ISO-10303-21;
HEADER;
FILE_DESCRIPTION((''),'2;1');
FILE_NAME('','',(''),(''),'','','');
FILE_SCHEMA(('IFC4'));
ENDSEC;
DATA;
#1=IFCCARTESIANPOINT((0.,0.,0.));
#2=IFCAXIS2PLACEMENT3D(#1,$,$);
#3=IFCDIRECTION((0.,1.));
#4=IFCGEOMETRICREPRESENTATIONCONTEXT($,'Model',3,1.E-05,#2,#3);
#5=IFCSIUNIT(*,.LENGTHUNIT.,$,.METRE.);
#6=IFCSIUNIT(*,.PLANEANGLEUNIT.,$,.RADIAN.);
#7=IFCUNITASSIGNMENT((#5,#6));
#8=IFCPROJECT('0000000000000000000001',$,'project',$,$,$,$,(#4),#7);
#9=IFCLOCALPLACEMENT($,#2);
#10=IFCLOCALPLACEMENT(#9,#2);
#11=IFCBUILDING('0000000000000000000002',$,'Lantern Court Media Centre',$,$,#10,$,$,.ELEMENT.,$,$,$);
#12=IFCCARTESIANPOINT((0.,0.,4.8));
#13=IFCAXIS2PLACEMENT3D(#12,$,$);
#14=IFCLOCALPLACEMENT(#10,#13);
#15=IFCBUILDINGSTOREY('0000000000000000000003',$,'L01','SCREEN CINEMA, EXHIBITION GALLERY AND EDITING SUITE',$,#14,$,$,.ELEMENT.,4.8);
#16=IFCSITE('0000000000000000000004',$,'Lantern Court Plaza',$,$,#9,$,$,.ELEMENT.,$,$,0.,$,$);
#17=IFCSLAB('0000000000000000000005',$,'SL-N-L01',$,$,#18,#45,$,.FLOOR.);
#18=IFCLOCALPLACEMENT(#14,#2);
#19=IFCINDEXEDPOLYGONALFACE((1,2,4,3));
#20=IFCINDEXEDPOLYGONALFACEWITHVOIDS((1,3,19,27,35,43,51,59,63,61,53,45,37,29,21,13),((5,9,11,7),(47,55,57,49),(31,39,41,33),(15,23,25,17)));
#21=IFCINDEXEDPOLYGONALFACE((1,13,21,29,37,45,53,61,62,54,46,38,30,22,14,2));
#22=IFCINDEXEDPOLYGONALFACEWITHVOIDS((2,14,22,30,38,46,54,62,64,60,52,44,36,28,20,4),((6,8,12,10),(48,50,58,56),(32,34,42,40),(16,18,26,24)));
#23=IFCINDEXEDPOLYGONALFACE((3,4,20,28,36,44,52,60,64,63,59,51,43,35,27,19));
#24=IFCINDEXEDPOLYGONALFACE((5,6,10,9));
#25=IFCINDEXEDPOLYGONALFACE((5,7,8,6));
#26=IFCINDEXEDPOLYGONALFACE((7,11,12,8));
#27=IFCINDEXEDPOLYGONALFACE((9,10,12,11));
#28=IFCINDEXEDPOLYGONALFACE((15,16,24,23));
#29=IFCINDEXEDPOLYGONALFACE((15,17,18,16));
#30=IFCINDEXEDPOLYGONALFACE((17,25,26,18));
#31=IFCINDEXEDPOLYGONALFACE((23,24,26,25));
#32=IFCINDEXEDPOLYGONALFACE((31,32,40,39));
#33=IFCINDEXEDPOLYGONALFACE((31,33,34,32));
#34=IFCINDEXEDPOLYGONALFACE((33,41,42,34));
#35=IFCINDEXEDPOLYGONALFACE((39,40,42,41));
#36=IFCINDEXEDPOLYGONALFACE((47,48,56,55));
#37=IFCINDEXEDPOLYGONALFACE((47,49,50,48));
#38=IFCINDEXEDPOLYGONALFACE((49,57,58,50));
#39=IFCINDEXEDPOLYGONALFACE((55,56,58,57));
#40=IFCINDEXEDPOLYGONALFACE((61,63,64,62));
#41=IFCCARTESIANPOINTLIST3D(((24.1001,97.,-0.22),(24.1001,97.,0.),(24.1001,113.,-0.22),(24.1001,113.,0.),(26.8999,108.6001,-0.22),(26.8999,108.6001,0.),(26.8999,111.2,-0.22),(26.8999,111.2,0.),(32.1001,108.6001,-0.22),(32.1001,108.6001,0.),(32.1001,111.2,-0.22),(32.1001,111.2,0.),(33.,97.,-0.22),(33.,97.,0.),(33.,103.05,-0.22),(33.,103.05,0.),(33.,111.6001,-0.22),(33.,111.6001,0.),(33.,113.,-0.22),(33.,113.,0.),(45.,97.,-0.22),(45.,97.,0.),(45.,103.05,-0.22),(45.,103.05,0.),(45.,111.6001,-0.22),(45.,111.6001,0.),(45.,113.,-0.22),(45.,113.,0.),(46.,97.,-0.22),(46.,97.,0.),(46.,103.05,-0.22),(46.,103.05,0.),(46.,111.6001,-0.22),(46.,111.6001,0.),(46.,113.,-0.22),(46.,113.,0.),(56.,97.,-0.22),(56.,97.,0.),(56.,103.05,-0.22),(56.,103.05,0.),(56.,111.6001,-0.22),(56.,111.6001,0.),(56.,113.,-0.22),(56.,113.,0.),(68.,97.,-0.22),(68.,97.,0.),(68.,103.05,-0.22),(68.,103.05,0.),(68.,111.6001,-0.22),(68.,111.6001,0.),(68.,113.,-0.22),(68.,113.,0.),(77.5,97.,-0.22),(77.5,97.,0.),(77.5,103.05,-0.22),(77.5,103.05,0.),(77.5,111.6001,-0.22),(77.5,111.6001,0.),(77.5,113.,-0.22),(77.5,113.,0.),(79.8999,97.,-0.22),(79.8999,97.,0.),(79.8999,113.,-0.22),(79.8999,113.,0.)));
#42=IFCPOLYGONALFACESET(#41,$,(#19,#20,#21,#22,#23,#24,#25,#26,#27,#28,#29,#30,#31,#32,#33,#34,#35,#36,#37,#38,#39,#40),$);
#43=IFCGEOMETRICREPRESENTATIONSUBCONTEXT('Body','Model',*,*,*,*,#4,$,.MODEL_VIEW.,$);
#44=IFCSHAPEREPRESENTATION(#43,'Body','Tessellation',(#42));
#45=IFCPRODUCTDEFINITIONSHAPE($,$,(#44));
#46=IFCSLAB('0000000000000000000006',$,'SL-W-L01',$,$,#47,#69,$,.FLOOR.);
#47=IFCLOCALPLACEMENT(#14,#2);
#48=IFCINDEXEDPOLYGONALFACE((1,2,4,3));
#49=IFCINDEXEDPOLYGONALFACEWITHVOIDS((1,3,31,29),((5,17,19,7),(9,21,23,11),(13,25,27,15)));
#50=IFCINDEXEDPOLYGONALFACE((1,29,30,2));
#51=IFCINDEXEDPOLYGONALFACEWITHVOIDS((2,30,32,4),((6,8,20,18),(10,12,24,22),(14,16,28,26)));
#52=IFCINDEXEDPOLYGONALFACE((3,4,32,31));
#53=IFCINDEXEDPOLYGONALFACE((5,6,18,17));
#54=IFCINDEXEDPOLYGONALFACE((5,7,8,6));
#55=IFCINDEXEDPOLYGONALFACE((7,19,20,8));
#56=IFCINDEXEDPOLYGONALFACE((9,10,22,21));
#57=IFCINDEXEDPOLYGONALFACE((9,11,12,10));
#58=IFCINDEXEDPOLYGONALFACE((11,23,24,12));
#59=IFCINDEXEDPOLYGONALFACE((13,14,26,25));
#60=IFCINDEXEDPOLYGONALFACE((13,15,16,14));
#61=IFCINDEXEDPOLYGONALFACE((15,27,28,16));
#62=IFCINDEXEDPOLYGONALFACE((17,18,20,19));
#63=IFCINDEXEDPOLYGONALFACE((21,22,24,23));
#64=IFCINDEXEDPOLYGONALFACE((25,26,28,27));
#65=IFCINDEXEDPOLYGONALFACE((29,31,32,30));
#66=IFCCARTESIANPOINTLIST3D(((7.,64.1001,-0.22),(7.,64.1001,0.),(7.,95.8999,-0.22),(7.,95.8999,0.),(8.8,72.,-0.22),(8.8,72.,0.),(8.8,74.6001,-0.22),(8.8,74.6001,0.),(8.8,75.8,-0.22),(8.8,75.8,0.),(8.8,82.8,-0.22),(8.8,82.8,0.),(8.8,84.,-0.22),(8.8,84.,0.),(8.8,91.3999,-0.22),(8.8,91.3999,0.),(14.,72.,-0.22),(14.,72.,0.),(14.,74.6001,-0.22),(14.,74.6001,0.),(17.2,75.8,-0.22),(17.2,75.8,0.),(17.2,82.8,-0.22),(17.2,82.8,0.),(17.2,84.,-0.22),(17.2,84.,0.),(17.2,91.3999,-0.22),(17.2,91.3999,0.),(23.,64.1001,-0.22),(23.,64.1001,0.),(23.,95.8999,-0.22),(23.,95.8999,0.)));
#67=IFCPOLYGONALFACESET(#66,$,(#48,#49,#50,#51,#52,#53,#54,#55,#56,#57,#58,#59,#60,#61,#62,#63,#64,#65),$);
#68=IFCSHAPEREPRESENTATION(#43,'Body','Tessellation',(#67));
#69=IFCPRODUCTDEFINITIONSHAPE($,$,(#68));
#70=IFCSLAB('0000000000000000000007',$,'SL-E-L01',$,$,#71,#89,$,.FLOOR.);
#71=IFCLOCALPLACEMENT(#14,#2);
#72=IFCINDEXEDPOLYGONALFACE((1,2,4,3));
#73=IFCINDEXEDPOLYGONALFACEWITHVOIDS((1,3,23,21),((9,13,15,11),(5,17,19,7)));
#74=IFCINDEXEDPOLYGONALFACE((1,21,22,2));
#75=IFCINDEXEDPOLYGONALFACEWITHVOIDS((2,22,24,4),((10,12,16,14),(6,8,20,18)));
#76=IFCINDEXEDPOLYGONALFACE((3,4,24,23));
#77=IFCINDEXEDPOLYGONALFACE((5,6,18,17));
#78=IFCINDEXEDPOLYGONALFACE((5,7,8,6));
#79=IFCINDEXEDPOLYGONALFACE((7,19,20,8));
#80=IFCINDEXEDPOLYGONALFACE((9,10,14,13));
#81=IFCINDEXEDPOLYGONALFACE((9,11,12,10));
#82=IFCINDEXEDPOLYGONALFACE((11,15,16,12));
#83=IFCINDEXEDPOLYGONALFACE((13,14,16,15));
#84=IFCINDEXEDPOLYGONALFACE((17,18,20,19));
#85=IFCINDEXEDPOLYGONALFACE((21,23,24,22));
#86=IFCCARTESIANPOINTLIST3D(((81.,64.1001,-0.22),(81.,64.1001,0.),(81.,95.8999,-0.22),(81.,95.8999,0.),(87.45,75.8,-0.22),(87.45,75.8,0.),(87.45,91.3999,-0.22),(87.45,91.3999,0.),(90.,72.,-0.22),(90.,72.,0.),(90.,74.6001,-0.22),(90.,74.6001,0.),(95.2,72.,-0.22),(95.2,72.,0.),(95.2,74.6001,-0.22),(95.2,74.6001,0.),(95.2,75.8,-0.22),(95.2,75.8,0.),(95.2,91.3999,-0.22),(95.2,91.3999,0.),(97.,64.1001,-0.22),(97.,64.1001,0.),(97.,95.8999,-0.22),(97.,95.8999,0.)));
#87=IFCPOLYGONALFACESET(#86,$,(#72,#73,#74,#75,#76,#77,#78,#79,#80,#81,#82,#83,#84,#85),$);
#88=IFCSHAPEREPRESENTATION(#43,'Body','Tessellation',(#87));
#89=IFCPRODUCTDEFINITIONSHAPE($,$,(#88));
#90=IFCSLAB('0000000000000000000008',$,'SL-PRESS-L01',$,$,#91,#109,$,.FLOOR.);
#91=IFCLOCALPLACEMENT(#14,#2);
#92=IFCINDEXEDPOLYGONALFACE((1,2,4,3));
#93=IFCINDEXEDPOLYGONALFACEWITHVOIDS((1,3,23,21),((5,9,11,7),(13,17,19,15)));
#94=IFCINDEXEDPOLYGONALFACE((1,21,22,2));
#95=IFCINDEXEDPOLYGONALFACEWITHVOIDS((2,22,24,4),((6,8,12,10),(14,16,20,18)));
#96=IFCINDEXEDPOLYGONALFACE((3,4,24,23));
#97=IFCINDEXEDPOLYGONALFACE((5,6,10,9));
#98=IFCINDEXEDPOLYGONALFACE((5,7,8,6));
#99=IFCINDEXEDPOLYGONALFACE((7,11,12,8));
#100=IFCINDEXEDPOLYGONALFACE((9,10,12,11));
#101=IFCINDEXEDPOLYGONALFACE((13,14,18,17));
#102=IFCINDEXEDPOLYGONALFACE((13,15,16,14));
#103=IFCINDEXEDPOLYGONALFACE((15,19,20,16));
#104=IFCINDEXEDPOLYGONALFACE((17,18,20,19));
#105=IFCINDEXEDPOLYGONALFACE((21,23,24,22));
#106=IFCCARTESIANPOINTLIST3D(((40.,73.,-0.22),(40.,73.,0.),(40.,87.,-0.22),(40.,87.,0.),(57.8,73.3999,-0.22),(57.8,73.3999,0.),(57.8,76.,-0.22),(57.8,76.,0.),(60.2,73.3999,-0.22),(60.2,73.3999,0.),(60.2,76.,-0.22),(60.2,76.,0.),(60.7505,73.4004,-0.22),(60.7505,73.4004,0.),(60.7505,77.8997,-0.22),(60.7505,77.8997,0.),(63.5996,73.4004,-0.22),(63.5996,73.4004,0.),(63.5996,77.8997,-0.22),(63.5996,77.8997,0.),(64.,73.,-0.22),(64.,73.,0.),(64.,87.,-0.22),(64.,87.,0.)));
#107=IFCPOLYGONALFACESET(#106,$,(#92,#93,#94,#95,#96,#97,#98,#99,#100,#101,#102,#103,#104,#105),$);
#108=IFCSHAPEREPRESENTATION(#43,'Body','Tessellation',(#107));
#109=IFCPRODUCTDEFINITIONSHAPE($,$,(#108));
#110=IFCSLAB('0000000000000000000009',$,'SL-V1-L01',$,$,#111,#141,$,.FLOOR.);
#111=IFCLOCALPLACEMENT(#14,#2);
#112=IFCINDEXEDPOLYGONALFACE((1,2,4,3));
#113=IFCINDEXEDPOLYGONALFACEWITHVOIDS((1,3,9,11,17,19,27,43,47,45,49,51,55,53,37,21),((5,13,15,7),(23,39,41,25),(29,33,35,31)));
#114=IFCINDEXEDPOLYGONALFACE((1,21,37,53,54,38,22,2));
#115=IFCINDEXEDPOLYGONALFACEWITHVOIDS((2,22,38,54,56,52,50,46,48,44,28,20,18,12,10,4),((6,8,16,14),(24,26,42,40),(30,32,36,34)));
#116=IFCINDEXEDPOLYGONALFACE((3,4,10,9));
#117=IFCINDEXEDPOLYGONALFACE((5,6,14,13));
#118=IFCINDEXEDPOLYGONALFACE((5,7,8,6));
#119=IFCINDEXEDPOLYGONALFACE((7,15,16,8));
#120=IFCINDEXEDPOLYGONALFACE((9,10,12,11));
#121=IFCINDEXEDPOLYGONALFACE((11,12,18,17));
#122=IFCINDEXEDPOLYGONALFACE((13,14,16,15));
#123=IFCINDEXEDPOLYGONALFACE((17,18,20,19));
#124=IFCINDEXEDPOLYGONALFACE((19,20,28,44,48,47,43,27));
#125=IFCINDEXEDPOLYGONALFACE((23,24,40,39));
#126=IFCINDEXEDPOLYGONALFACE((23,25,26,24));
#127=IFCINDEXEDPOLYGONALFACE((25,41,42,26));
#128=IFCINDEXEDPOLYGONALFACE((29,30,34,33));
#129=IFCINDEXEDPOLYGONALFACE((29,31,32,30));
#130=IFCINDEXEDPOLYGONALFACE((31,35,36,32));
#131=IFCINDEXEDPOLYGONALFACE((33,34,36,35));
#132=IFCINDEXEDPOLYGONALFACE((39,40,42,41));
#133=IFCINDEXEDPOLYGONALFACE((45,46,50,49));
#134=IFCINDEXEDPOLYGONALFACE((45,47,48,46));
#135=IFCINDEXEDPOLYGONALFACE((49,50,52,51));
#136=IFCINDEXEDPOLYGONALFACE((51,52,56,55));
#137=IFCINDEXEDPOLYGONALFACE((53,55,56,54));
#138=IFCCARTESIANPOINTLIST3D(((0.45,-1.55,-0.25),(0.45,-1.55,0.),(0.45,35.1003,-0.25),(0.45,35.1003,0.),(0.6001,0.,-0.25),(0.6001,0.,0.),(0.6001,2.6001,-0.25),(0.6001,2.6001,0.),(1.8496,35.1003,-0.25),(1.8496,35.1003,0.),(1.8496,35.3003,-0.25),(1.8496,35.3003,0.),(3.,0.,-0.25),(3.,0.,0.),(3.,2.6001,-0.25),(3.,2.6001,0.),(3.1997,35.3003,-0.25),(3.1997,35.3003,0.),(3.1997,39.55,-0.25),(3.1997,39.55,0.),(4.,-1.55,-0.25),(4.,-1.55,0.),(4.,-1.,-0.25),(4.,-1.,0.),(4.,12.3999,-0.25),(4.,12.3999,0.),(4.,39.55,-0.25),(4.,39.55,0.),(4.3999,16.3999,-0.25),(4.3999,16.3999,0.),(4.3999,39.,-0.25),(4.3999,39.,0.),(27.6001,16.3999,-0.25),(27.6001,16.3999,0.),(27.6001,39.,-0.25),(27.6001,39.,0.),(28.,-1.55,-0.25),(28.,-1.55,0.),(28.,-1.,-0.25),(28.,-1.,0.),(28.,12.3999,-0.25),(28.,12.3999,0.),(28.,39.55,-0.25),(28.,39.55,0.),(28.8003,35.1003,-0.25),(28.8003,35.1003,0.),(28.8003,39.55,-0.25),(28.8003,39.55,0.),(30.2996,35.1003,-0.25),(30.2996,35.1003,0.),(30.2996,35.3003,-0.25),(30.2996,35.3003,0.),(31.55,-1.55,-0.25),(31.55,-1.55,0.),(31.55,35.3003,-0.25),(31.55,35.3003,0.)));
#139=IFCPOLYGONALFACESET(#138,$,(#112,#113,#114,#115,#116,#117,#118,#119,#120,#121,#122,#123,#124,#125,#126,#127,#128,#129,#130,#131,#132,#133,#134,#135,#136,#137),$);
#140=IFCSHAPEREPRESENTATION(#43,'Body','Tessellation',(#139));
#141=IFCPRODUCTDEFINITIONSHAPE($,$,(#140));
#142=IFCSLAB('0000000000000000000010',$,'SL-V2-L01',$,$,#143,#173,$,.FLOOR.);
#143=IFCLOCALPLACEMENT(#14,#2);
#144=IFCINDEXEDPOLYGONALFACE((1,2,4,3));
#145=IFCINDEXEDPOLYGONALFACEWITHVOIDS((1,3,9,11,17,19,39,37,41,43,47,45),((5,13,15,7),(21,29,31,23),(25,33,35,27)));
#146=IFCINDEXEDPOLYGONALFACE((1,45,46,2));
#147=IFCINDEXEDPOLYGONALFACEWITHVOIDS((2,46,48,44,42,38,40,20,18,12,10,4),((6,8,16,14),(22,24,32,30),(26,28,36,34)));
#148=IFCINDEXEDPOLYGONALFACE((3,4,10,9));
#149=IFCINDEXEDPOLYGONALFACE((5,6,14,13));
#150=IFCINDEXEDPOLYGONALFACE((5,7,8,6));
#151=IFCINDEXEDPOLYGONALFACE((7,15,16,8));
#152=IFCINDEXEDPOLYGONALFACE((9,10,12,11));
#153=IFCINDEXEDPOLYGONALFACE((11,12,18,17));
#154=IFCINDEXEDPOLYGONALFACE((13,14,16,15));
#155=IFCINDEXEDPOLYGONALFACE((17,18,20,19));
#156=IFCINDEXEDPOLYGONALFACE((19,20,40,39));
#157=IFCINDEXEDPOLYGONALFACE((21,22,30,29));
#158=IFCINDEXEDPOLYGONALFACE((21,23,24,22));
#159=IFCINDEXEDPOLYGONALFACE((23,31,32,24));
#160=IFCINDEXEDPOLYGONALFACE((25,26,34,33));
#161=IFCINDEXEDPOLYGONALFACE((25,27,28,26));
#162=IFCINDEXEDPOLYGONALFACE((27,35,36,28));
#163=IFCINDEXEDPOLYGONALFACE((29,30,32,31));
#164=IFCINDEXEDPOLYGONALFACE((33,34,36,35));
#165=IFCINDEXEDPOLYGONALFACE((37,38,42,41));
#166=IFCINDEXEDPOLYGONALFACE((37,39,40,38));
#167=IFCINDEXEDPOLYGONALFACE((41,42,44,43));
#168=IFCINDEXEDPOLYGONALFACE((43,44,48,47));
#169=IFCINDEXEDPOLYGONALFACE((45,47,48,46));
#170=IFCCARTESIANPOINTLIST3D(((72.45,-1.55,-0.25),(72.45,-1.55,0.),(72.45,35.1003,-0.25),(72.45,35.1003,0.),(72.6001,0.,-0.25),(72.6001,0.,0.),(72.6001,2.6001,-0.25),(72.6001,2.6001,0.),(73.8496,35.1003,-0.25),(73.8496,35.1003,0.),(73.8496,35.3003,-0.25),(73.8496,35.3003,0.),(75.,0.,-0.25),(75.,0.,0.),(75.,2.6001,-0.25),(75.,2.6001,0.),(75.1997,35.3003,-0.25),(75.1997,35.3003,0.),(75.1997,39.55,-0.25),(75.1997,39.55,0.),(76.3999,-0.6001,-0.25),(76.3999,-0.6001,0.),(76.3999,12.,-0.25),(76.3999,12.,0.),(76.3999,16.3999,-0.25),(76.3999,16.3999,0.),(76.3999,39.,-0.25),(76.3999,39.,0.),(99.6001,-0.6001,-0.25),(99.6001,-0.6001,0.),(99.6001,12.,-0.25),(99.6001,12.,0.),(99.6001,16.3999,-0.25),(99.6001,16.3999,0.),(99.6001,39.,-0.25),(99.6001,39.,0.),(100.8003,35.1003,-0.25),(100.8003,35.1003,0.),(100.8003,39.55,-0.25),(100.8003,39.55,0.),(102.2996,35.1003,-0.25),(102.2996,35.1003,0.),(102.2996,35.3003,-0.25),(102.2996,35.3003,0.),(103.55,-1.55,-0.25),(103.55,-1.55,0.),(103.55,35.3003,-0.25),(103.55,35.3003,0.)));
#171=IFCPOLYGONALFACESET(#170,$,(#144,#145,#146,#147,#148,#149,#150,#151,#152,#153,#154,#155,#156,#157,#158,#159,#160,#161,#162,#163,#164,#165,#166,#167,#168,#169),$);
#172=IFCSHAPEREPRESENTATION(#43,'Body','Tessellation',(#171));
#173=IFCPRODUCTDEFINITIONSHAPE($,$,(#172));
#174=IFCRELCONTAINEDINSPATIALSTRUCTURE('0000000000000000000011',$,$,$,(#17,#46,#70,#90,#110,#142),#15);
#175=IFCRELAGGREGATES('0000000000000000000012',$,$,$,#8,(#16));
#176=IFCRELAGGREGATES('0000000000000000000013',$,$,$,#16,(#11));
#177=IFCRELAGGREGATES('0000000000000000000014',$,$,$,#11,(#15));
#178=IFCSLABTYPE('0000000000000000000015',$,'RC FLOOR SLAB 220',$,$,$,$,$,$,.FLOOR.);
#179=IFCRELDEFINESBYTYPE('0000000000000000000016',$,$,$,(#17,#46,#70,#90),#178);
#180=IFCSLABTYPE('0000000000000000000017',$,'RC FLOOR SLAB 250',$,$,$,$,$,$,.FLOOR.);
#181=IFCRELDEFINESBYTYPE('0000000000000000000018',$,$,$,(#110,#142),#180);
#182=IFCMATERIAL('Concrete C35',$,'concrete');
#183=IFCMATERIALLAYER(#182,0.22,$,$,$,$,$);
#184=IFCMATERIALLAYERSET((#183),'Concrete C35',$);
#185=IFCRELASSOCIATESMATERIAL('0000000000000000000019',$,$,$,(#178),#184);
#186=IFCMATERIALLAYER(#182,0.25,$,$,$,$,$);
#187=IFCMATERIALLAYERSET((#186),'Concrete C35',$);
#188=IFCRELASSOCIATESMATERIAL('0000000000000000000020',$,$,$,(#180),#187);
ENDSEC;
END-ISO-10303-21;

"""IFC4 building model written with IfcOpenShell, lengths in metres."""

from ifc_helpers import new_model, si_unit, direction, frame, origin, place, context, subcontext, project, spatial, polyline, outline, extrude, material, layer, layer_set, type_object, element, save


model = new_model("IFC4")

# Units and contexts
model_context = context("Model", 3, precision=1e-05, world=origin(), true_north=direction((0.0, 1.0)))
body_context = subcontext(model_context, "Body", "Model", "MODEL_VIEW")
ifc_project = project(units=[si_unit("LENGTHUNIT", "METRE"), si_unit("PLANEANGLEUNIT", "RADIAN")], contexts=[model_context])

# Site, building, storey
site_placement = place(None, origin())
site = spatial("IfcSite", under=ifc_project, at=site_placement, Name="Lantern Court Plaza", CompositionType="ELEMENT", RefElevation=0.0)
building_placement = place(site_placement, origin())
building = spatial("IfcBuilding", under=site, at=building_placement, Name="Lantern Court Media Centre", CompositionType="ELEMENT")
storey_placement = place(building_placement, frame((0.0, 0.0, 4.8)))
storey = spatial("IfcBuildingStorey", under=building, at=storey_placement, Name="L01", Description="SCREEN CINEMA, EXHIBITION GALLERY AND EDITING SUITE", CompositionType="ELEMENT", Elevation=4.8)

# Slabs
ifc_material_1 = material(Name="Concrete C35", Category="concrete")
ifc_layer_1 = layer(ifc_material_1, 0.22)
ifc_layer_set_1 = layer_set([ifc_layer_1], Name="Concrete C35")
slab_type_1 = type_object("IfcSlabType", Name="RC FLOOR SLAB 220", PredefinedType="FLOOR", material=ifc_layer_set_1)
slab_1_placement = place(storey_placement, frame((0.0, 0.0, -0.22)))
element("IfcSlab", 1, at=slab_1_placement, inside=storey, type_object=slab_type_1, Name="SL-N-L01", PredefinedType="FLOOR", context=body_context, shape_type="SweptSolid", body=[
    extrude(outline(polyline([(68.0, 97.0), (56.0, 97.0), (46.0, 97.0), (45.0, 97.0), (33.0, 97.0), (24.1001, 97.0), (24.1001, 113.0), (33.0, 113.0), (45.0, 113.0), (46.0, 113.0), (56.0, 113.0), (68.0, 113.0), (77.5, 113.0), (79.8999, 113.0), (79.8999, 97.0), (77.5, 97.0), (68.0, 97.0)]), holes=[polyline([(68.0, 103.05), (77.5, 103.05), (77.5, 111.6001), (68.0, 111.6001), (68.0, 103.05)]), polyline([(46.0, 103.05), (56.0, 103.05), (56.0, 111.6001), (46.0, 111.6001), (46.0, 103.05)]), polyline([(33.0, 103.05), (45.0, 103.05), (45.0, 111.6001), (33.0, 111.6001), (33.0, 103.05)]), polyline([(32.1001, 111.2), (26.8999, 111.2), (26.8999, 108.6001), (32.1001, 108.6001), (32.1001, 111.2)])]), origin(), (0.0, 0.0, 1.0), 0.22),
])
slab_2_placement = place(storey_placement, frame((0.0, 0.0, -0.22)))
element("IfcSlab", 2, at=slab_2_placement, inside=storey, type_object=slab_type_1, Name="SL-W-L01", PredefinedType="FLOOR", context=body_context, shape_type="SweptSolid", body=[
    extrude(outline(polyline([(7.0, 64.1001), (7.0, 95.8999), (23.0, 95.8999), (23.0, 64.1001), (7.0, 64.1001)]), holes=[polyline([(14.0, 72.0), (14.0, 74.6001), (8.8, 74.6001), (8.8, 72.0), (14.0, 72.0)]), polyline([(8.8, 75.8), (17.2, 75.8), (17.2, 82.8), (8.8, 82.8), (8.8, 75.8)]), polyline([(8.8, 84.0), (17.2, 84.0), (17.2, 91.3999), (8.8, 91.3999), (8.8, 84.0)])]), origin(), (0.0, 0.0, 1.0), 0.22),
])
slab_3_placement = place(storey_placement, frame((0.0, 0.0, -0.22)))
element("IfcSlab", 3, at=slab_3_placement, inside=storey, type_object=slab_type_1, Name="SL-E-L01", PredefinedType="FLOOR", context=body_context, shape_type="SweptSolid", body=[
    extrude(outline(polyline([(81.0, 64.1001), (81.0, 95.8999), (97.0, 95.8999), (97.0, 64.1001), (81.0, 64.1001)]), holes=[polyline([(95.2, 72.0), (95.2, 74.6001), (90.0, 74.6001), (90.0, 72.0), (95.2, 72.0)]), polyline([(95.2, 75.8), (95.2, 91.3999), (87.45, 91.3999), (87.45, 75.8), (95.2, 75.8)])]), origin(), (0.0, 0.0, 1.0), 0.22),
])
slab_4_placement = place(storey_placement, frame((0.0, 0.0, -0.22)))
element("IfcSlab", 4, at=slab_4_placement, inside=storey, type_object=slab_type_1, Name="SL-PRESS-L01", PredefinedType="FLOOR", context=body_context, shape_type="SweptSolid", body=[
    extrude(outline(polyline([(40.0, 73.0), (40.0, 87.0), (64.0, 87.0), (64.0, 73.0), (40.0, 73.0)]), holes=[polyline([(57.8, 73.3999), (60.2, 73.3999), (60.2, 76.0), (57.8, 76.0), (57.8, 73.3999)]), polyline([(60.7505, 77.8997), (60.7505, 73.4004), (63.5996, 73.4004), (63.5996, 77.8997), (60.7505, 77.8997)])]), origin(), (0.0, 0.0, 1.0), 0.22),
])
ifc_layer_2 = layer(ifc_material_1, 0.25)
ifc_layer_set_2 = layer_set([ifc_layer_2], Name="Concrete C35")
slab_type_2 = type_object("IfcSlabType", Name="RC FLOOR SLAB 250", PredefinedType="FLOOR", material=ifc_layer_set_2)
slab_5_placement = place(storey_placement, frame((0.0, 0.0, -0.25)))
element("IfcSlab", 5, at=slab_5_placement, inside=storey, type_object=slab_type_2, Name="SL-V1-L01", PredefinedType="FLOOR", context=body_context, shape_type="SweptSolid", body=[
    extrude(outline(polyline([(4.0, -1.55), (0.45, -1.55), (0.45, 35.1003), (1.8496, 35.1003), (1.8496, 35.3003), (3.1997, 35.3003), (3.1997, 39.55), (4.0, 39.55), (28.0, 39.55), (28.8003, 39.55), (28.8003, 35.1003), (30.2996, 35.1003), (30.2996, 35.3003), (31.55, 35.3003), (31.55, -1.55), (28.0, -1.55), (4.0, -1.55)]), holes=[polyline([(4.0, -1.0), (28.0, -1.0), (28.0, 12.3999), (4.0, 12.3999), (4.0, -1.0)]), polyline([(0.6001, 0.0), (3.0, 0.0), (3.0, 2.6001), (0.6001, 2.6001), (0.6001, 0.0)]), polyline([(4.3999, 39.0), (4.3999, 16.3999), (27.6001, 16.3999), (27.6001, 39.0), (4.3999, 39.0)])]), origin(), (0.0, 0.0, 1.0), 0.25),
])
slab_6_placement = place(storey_placement, frame((0.0, 0.0, -0.25)))
element("IfcSlab", 6, at=slab_6_placement, inside=storey, type_object=slab_type_2, Name="SL-V2-L01", PredefinedType="FLOOR", context=body_context, shape_type="SweptSolid", body=[
    extrude(outline(polyline([(72.45, 35.1003), (73.8496, 35.1003), (73.8496, 35.3003), (75.1997, 35.3003), (75.1997, 39.55), (100.8003, 39.55), (100.8003, 35.1003), (102.2996, 35.1003), (102.2996, 35.3003), (103.55, 35.3003), (103.55, -1.55), (72.45, -1.55), (72.45, 35.1003)]), holes=[polyline([(99.6001, 12.0), (76.3999, 12.0), (76.3999, -0.6001), (99.6001, -0.6001), (99.6001, 12.0)]), polyline([(99.6001, 39.0), (76.3999, 39.0), (76.3999, 16.3999), (99.6001, 16.3999), (99.6001, 39.0)]), polyline([(72.6001, 0.0), (75.0, 0.0), (75.0, 2.6001), (72.6001, 2.6001), (72.6001, 0.0)])]), origin(), (0.0, 0.0, 1.0), 0.25),
])

save(model, "model.ifc")
